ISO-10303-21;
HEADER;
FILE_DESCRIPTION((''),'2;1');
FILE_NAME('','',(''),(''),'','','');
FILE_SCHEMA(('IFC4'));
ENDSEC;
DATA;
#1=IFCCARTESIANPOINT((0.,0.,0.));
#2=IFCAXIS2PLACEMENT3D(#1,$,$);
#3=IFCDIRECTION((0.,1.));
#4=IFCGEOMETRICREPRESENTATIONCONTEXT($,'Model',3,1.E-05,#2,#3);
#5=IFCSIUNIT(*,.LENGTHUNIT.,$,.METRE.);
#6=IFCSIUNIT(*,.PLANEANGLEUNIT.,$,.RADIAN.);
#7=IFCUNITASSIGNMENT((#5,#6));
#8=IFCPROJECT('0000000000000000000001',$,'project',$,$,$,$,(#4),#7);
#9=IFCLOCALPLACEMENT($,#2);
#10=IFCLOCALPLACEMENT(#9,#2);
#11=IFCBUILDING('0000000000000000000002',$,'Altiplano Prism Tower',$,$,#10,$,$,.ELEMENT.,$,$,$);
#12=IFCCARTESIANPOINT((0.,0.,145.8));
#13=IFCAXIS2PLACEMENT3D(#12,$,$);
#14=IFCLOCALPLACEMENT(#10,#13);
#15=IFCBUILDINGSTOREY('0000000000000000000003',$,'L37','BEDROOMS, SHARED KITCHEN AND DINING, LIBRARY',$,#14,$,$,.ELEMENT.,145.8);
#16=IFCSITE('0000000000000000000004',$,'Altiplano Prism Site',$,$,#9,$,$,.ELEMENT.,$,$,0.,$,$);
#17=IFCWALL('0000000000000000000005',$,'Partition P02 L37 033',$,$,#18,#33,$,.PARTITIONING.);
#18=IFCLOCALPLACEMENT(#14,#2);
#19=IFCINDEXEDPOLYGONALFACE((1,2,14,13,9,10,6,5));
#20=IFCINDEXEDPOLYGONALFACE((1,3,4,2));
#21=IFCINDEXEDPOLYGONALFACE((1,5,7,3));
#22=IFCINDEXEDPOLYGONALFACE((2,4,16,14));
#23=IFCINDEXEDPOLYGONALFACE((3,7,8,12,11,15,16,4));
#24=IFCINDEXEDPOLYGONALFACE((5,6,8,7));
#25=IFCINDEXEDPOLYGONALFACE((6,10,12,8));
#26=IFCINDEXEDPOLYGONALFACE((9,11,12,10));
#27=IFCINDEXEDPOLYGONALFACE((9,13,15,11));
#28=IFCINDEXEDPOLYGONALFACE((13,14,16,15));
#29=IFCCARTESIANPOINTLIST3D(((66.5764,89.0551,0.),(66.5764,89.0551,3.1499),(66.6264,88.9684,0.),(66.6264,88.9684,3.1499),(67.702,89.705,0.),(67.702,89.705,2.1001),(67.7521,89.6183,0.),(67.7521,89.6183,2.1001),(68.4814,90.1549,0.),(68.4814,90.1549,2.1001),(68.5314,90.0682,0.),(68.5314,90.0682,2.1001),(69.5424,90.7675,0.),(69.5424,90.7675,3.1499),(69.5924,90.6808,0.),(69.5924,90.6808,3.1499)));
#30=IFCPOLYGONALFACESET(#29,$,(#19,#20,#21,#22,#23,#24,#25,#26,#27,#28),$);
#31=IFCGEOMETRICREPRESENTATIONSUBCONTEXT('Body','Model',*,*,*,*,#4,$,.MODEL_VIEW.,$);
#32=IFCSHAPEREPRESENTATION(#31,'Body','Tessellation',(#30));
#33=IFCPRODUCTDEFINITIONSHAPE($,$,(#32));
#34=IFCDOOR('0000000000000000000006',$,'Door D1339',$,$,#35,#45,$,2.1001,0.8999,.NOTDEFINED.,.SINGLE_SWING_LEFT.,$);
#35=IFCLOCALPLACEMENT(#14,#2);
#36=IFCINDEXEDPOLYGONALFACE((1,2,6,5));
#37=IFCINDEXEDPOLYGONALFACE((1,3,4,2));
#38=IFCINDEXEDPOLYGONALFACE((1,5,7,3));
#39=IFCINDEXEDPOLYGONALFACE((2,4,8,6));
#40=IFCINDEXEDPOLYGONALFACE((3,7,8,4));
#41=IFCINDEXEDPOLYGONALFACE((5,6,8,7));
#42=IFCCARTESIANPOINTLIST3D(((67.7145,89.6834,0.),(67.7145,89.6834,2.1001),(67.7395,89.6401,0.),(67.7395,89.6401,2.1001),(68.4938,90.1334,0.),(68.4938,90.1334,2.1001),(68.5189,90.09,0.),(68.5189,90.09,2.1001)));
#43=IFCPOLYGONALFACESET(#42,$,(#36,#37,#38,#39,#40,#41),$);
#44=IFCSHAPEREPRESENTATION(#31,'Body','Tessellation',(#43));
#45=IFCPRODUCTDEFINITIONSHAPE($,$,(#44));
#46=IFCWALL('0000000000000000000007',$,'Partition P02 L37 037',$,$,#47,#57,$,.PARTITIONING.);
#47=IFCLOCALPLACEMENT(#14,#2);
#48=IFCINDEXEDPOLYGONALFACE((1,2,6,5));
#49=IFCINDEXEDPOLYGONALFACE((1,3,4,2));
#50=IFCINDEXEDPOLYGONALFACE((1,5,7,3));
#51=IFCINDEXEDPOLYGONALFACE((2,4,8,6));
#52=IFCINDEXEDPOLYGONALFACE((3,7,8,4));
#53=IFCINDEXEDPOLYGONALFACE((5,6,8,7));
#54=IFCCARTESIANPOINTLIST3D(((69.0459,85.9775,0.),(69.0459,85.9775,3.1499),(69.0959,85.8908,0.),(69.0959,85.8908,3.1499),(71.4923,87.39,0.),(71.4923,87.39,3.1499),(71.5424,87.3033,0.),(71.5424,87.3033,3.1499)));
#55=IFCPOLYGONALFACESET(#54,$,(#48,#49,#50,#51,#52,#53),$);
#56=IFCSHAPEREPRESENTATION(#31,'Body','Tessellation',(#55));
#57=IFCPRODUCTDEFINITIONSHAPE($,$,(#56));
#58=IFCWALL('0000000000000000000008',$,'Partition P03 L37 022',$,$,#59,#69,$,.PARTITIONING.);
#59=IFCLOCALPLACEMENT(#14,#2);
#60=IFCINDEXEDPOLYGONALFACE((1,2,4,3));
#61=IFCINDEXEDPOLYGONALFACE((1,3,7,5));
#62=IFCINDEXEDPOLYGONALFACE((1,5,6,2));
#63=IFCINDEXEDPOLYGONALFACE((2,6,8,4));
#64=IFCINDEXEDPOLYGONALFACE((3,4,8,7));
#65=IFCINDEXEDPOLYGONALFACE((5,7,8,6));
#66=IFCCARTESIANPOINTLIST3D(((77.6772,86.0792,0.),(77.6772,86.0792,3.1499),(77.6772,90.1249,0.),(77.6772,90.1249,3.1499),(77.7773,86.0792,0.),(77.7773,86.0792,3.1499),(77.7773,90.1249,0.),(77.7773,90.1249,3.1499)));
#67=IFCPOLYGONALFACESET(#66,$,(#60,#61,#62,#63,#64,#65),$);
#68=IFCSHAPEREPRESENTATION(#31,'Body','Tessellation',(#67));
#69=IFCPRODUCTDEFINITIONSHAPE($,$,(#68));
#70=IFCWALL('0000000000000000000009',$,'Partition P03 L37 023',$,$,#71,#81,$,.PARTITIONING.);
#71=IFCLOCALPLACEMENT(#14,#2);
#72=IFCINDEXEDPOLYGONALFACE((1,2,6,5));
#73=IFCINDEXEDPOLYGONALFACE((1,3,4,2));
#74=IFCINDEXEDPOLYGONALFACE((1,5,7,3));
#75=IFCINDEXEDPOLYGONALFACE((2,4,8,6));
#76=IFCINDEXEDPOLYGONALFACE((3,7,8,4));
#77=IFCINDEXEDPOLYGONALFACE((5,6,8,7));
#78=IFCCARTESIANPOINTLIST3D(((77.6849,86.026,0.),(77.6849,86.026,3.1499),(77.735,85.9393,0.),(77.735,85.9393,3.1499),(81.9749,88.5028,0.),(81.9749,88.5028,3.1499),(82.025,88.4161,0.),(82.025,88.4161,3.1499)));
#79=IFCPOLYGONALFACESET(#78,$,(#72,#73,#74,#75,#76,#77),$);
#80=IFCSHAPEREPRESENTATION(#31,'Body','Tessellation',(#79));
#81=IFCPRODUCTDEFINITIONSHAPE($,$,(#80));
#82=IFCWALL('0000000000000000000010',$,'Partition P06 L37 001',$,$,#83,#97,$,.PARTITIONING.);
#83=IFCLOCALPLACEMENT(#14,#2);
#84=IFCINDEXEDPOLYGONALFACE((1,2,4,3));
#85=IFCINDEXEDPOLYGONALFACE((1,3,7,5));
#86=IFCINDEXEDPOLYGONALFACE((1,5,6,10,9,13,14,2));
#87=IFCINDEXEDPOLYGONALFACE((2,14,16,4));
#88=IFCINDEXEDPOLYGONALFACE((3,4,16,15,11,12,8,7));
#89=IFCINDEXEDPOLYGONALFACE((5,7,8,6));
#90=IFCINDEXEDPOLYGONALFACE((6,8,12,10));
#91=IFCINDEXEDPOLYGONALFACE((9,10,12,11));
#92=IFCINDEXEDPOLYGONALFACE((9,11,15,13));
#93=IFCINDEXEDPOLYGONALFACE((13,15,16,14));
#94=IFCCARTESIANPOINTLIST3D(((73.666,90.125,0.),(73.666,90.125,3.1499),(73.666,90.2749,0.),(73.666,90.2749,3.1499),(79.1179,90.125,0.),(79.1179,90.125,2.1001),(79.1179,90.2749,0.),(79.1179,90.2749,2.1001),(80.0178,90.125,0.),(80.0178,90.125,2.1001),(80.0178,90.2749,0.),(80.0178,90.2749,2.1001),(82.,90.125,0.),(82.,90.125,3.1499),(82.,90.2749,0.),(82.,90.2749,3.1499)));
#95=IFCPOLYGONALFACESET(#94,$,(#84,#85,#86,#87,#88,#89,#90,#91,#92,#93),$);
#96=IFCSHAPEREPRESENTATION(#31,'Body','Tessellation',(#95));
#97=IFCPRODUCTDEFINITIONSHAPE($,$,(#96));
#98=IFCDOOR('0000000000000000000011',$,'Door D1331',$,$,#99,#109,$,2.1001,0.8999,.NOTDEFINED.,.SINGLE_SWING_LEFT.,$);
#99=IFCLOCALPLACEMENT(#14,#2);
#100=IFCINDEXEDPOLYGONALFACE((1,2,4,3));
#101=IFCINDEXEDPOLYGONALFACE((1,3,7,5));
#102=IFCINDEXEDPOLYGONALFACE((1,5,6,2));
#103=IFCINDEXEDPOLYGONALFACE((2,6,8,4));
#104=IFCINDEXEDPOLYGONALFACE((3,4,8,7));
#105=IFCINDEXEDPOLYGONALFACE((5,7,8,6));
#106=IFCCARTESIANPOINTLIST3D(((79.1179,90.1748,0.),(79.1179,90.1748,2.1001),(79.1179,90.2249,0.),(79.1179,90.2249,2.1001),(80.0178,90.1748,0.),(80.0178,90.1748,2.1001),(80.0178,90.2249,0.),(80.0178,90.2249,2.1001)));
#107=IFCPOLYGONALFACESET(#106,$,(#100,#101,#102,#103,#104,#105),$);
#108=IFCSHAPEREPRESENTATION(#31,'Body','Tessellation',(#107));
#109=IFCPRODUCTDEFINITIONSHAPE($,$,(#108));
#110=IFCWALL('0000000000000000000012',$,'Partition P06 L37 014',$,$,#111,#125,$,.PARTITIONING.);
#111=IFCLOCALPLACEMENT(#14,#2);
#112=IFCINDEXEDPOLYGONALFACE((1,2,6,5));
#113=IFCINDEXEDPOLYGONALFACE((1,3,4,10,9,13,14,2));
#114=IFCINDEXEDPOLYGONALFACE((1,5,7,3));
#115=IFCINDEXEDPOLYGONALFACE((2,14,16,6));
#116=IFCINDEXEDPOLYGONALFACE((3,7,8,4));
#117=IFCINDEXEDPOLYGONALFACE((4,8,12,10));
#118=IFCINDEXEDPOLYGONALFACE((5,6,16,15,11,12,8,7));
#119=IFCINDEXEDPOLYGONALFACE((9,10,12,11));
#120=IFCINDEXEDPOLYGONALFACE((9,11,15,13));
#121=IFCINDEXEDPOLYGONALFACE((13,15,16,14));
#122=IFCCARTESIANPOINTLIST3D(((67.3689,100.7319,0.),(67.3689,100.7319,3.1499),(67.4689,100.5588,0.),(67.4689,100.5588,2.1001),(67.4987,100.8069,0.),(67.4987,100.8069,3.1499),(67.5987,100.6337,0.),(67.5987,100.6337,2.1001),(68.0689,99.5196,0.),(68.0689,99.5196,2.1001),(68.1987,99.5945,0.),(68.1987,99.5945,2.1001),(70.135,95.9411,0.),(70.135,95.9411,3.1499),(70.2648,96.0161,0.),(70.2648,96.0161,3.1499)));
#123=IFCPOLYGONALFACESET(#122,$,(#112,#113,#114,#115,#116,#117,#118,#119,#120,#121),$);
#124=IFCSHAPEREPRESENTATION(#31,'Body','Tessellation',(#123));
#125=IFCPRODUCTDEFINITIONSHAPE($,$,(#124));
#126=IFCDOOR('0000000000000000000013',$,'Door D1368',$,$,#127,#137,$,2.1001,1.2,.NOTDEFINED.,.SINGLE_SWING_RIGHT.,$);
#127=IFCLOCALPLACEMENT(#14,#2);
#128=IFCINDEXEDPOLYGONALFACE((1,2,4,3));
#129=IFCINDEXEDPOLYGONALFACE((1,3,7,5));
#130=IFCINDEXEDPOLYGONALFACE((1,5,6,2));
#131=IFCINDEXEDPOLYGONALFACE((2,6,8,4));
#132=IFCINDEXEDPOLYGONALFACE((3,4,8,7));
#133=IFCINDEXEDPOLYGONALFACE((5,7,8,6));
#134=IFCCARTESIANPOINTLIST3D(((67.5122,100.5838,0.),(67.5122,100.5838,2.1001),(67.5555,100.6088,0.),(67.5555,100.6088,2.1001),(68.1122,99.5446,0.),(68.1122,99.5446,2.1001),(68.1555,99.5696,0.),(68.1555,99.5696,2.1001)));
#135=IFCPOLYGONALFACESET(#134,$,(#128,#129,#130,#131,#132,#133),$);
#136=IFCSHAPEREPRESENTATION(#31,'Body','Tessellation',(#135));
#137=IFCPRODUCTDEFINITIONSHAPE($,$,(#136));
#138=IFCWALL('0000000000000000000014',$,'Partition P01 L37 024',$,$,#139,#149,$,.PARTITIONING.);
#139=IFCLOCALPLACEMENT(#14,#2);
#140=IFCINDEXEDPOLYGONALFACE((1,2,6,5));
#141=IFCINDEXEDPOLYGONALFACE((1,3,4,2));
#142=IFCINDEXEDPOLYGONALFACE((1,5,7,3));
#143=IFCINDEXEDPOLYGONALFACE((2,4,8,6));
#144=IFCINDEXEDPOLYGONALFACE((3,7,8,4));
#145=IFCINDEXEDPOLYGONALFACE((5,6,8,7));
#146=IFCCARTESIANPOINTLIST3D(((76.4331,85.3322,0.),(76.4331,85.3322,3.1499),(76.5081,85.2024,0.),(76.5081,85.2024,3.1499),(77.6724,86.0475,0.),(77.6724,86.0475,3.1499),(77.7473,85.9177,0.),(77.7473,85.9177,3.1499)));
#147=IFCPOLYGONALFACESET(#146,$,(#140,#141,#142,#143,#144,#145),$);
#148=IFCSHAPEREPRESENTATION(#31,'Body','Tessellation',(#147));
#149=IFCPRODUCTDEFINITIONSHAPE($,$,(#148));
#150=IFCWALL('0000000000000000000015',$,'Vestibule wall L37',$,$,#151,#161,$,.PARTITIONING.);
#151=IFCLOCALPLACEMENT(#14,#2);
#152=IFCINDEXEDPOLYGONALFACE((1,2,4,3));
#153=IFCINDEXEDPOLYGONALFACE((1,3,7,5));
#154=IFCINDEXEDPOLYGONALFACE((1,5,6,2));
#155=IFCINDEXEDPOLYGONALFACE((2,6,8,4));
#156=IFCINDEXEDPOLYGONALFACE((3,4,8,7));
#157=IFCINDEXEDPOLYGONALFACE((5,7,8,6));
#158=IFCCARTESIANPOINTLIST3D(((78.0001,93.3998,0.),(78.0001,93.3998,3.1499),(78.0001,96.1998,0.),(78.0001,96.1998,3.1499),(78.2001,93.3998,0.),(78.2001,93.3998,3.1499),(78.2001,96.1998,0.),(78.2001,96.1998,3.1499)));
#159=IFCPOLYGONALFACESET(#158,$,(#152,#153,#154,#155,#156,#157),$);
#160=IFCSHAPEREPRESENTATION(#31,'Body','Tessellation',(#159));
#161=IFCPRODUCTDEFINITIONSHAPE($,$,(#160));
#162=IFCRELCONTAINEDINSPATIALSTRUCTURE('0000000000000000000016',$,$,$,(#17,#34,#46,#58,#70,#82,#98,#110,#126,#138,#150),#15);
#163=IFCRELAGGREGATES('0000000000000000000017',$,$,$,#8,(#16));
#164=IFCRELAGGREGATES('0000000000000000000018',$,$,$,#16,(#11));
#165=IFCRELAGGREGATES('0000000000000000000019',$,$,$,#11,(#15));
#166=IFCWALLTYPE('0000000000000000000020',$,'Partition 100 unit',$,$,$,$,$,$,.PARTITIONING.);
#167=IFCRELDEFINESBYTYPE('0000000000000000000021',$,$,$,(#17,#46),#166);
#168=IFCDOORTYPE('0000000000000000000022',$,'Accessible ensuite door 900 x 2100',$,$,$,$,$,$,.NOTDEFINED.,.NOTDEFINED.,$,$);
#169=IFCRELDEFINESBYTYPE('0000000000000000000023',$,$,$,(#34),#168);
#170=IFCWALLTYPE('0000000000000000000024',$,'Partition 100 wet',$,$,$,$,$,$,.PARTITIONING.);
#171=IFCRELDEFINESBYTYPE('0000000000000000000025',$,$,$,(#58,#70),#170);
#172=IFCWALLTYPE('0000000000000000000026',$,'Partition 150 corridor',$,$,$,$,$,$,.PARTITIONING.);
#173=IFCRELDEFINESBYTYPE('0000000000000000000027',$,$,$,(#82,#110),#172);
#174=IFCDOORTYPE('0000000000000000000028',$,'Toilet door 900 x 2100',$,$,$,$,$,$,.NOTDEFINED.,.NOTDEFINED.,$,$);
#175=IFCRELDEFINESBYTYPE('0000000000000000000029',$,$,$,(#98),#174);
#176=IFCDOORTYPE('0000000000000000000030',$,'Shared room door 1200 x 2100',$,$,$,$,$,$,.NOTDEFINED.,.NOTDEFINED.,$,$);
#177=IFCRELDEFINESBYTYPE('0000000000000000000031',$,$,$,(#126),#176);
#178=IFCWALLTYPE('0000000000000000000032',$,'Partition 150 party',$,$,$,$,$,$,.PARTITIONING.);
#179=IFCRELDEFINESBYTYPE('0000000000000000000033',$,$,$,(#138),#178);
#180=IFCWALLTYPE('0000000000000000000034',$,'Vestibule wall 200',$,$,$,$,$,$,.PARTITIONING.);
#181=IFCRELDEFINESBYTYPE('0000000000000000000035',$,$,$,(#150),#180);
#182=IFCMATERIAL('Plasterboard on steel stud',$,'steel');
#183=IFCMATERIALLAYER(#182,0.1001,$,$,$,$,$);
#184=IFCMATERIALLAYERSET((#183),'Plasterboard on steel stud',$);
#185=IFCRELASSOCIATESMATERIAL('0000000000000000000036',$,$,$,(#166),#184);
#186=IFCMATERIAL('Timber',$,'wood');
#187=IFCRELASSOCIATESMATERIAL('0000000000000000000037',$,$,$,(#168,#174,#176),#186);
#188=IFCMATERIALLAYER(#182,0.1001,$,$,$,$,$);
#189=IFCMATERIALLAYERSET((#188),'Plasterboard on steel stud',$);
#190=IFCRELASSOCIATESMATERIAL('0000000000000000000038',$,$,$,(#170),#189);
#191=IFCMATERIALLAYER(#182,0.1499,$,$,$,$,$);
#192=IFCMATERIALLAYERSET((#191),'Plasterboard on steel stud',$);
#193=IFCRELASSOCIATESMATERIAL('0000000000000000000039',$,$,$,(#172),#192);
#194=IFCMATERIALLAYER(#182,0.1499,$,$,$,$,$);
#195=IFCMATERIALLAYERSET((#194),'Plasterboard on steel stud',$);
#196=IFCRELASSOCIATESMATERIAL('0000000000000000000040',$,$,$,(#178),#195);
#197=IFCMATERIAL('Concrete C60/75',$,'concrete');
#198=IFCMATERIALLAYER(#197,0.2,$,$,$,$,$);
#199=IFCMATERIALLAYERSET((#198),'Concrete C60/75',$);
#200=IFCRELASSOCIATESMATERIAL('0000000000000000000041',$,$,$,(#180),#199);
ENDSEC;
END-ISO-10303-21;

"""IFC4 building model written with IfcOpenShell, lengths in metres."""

from ifc_helpers import new_model, si_unit, direction, frame, frame_2d, origin, place, context, subcontext, project, spatial, rectangle, extrude, material, layer, layer_set, type_object, element, fill, save


model = new_model("IFC4")

# Units and contexts
model_context = context("Model", 3, precision=1e-05, world=origin(), true_north=direction((0.0, 1.0)))
body_context = subcontext(model_context, "Body", "Model", "MODEL_VIEW")
ifc_project = project(units=[si_unit("LENGTHUNIT", "METRE"), si_unit("PLANEANGLEUNIT", "RADIAN")], contexts=[model_context])

# Site, building, storey
site_placement = place(None, origin())
site = spatial("IfcSite", under=ifc_project, at=site_placement, Name="Altiplano Prism Site", CompositionType="ELEMENT", RefElevation=0.0)
building_placement = place(site_placement, origin())
building = spatial("IfcBuilding", under=site, at=building_placement, Name="Altiplano Prism Tower", CompositionType="ELEMENT")
storey_placement = place(building_placement, frame((0.0, 0.0, 145.8)))
storey = spatial("IfcBuildingStorey", under=building, at=storey_placement, Name="L37", Description="BEDROOMS, SHARED KITCHEN AND DINING, LIBRARY", CompositionType="ELEMENT", Elevation=145.8)

# Shared definitions
ifc_material_1 = material(Name="Concrete C60/75", Category="concrete")

# Wall, opening, door
ifc_material_2 = material(Name="Plasterboard on steel stud", Category="steel")
ifc_layer_1 = layer(ifc_material_2, 0.1001)
ifc_layer_set_1 = layer_set([ifc_layer_1], Name="Plasterboard on steel stud")
wall_type_1 = type_object("IfcWallType", Name="Partition 100 unit", PredefinedType="PARTITIONING", material=ifc_layer_set_1)
wall_1_placement = place(storey_placement, frame((69.5674, 90.7241, 0.0), z_axis=(0.0, 0.0, 1.0), x_axis=(-0.866032, -0.499988, 0.0)))
wall_1 = element("IfcWall", 1, at=wall_1_placement, inside=storey, type_object=wall_type_1, Name="Partition P02 L37 033", PredefinedType="PARTITIONING", context=body_context, shape_type="SweptSolid", body=[
    extrude(rectangle(XDim=3.4248, YDim=0.1001, at=frame_2d((1.7124, 0.0))), origin(), (0.0, 0.0, 1.0), 3.1499),
])
opening_1_placement = place(wall_1_placement, frame((1.2251, 0.0, 0.0)))
opening_1 = element("IfcOpeningElement", 2, at=opening_1_placement, cuts=wall_1, PredefinedType="OPENING", context=body_context, shape_type="SweptSolid", body=[
    extrude(rectangle(XDim=0.8999, YDim=2.1001, at=frame_2d((0.45, 1.05))), frame((0.0, 0.0605, 0.0), z_axis=(0.0, -1.0, 0.0), x_axis=(1.0, 0.0, 0.0)), (0.0, 0.0, 1.0), 0.1211),
])
ifc_material_3 = material(Name="Timber", Category="wood")
door_type_1 = type_object("IfcDoorType", Name="Accessible ensuite door 900 x 2100", OperationType="NOTDEFINED", PredefinedType="NOTDEFINED", material=ifc_material_3)
door_1_placement = place(opening_1_placement, origin())
door_1 = element("IfcDoor", 3, at=door_1_placement, inside=storey, type_object=door_type_1, Name="Door D1339", OperationType="SINGLE_SWING_LEFT", OverallHeight=2.1001, OverallWidth=0.8999, PredefinedType="NOTDEFINED", context=body_context, shape_type="SweptSolid", body=[
    extrude(rectangle(XDim=0.8999, YDim=2.1001, at=frame_2d((0.45, 1.05))), frame((0.0, 0.0249, 0.0), z_axis=(0.0, -1.0, 0.0), x_axis=(1.0, 0.0, 0.0)), (0.0, 0.0, 1.0), 0.05),
])
fill(opening_1, door_1)

# Walls
wall_2_placement = place(storey_placement, frame((69.0708, 85.9341, 0.0), z_axis=(0.0, 0.0, 1.0), x_axis=(0.866011, 0.500024, 0.0)))
element("IfcWall", 4, at=wall_2_placement, inside=storey, type_object=wall_type_1, Name="Partition P02 L37 037", PredefinedType="PARTITIONING", context=body_context, shape_type="SweptSolid", body=[
    extrude(rectangle(XDim=2.825, YDim=0.1001, at=frame_2d((1.4126, 0.0))), origin(), (0.0, 0.0, 1.0), 3.1499),
])
ifc_layer_2 = layer(ifc_material_2, 0.1001)
ifc_layer_set_2 = layer_set([ifc_layer_2], Name="Plasterboard on steel stud")
wall_type_2 = type_object("IfcWallType", Name="Partition 100 wet", PredefinedType="PARTITIONING", material=ifc_layer_set_2)
wall_3_placement = place(storey_placement, frame((77.7273, 90.125, 0.0), z_axis=(0.0, 0.0, 1.0), x_axis=(0.0, -1.0, 0.0)))
element("IfcWall", 5, at=wall_3_placement, inside=storey, type_object=wall_type_2, Name="Partition P03 L37 022", PredefinedType="PARTITIONING", context=body_context, shape_type="SweptSolid", body=[
    extrude(rectangle(XDim=4.0457, YDim=0.1001, at=frame_2d((2.0229, 0.0))), origin(), (0.0, 0.0, 1.0), 3.1499),
])
wall_4_placement = place(storey_placement, frame((77.71, 85.9827, 0.0), z_axis=(0.0, 0.0, 1.0), x_axis=(0.86603, 0.499993, 0.0)))
element("IfcWall", 6, at=wall_4_placement, inside=storey, type_object=wall_type_2, Name="Partition P03 L37 023", PredefinedType="PARTITIONING", context=body_context, shape_type="SweptSolid", body=[
    extrude(rectangle(XDim=4.9536, YDim=0.1001, at=frame_2d((2.4768, 0.0))), origin(), (0.0, 0.0, 1.0), 3.1499),
])

# Walls, openings, doors
ifc_layer_3 = layer(ifc_material_2, 0.1499)
ifc_layer_set_3 = layer_set([ifc_layer_3], Name="Plasterboard on steel stud")
wall_type_3 = type_object("IfcWallType", Name="Partition 150 corridor", PredefinedType="PARTITIONING", material=ifc_layer_set_3)
wall_5_placement = place(storey_placement, frame((73.666, 90.2, 0.0), z_axis=(0.0, 0.0, 1.0), x_axis=(1.0, 0.0, 0.0)))
wall_5 = element("IfcWall", 7, at=wall_5_placement, inside=storey, type_object=wall_type_3, Name="Partition P06 L37 001", PredefinedType="PARTITIONING", context=body_context, shape_type="SweptSolid", body=[
    extrude(rectangle(XDim=8.334, YDim=0.1499, at=frame_2d((4.167, 0.0))), origin(), (0.0, 0.0, 1.0), 3.1499),
])
opening_2_placement = place(wall_5_placement, frame((5.4519, 0.0, 0.0)))
opening_2 = element("IfcOpeningElement", 8, at=opening_2_placement, cuts=wall_5, PredefinedType="OPENING", context=body_context, shape_type="SweptSolid", body=[
    extrude(rectangle(XDim=0.8999, YDim=2.1001, at=frame_2d((0.45, 1.05))), frame((0.0, 0.0854, 0.0), z_axis=(0.0, -1.0, 0.0), x_axis=(1.0, 0.0, 0.0)), (0.0, 0.0, 1.0), 0.1709),
])
door_type_2 = type_object("IfcDoorType", Name="Toilet door 900 x 2100", OperationType="NOTDEFINED", PredefinedType="NOTDEFINED", material=ifc_material_3)
door_2_placement = place(opening_2_placement, origin())
door_2 = element("IfcDoor", 9, at=door_2_placement, inside=storey, type_object=door_type_2, Name="Door D1331", OperationType="SINGLE_SWING_LEFT", OverallHeight=2.1001, OverallWidth=0.8999, PredefinedType="NOTDEFINED", context=body_context, shape_type="SweptSolid", body=[
    extrude(rectangle(XDim=0.8999, YDim=2.1001, at=frame_2d((0.45, 1.05))), frame((0.0, 0.0249, 0.0), z_axis=(0.0, -1.0, 0.0), x_axis=(1.0, 0.0, 0.0)), (0.0, 0.0, 1.0), 0.05),
])
fill(opening_2, door_2)
wall_6_placement = place(storey_placement, frame((70.2, 95.9785, 0.0), z_axis=(0.0, 0.0, 1.0), x_axis=(-0.500022, 0.866013, 0.0)))
wall_6 = element("IfcWall", 10, at=wall_6_placement, inside=storey, type_object=wall_type_3, Name="Partition P06 L37 014", PredefinedType="PARTITIONING", context=body_context, shape_type="SweptSolid", body=[
    extrude(rectangle(XDim=5.532, YDim=0.1499, at=frame_2d((2.7661, 0.0))), origin(), (0.0, 0.0, 1.0), 3.1499),
])
opening_3_placement = place(wall_6_placement, frame((4.1321, 0.0, 0.0)))
opening_3 = element("IfcOpeningElement", 11, at=opening_3_placement, cuts=wall_6, PredefinedType="OPENING", context=body_context, shape_type="SweptSolid", body=[
    extrude(rectangle(XDim=1.2, YDim=2.1001, at=frame_2d((0.6001, 1.05))), frame((0.0, 0.0854, 0.0), z_axis=(0.0, -1.0, 0.0), x_axis=(1.0, 0.0, 0.0)), (0.0, 0.0, 1.0), 0.1709),
])
door_type_3 = type_object("IfcDoorType", Name="Shared room door 1200 x 2100", OperationType="NOTDEFINED", PredefinedType="NOTDEFINED", material=ifc_material_3)
door_3_placement = place(opening_3_placement, origin())
door_3 = element("IfcDoor", 12, at=door_3_placement, inside=storey, type_object=door_type_3, Name="Door D1368", OperationType="SINGLE_SWING_RIGHT", OverallHeight=2.1001, OverallWidth=1.2, PredefinedType="NOTDEFINED", context=body_context, shape_type="SweptSolid", body=[
    extrude(rectangle(XDim=1.2, YDim=2.1001, at=frame_2d((0.6001, 1.05))), frame((0.0, 0.0249, 0.0), z_axis=(0.0, -1.0, 0.0), x_axis=(1.0, 0.0, 0.0)), (0.0, 0.0, 1.0), 0.05),
])
fill(opening_3, door_3)

# Walls
ifc_layer_4 = layer(ifc_material_2, 0.1499)
ifc_layer_set_4 = layer_set([ifc_layer_4], Name="Plasterboard on steel stud")
wall_type_4 = type_object("IfcWallType", Name="Partition 150 party", PredefinedType="PARTITIONING", material=ifc_layer_set_4)
wall_7_placement = place(storey_placement, frame((76.4707, 85.2673, 0.0), z_axis=(0.0, 0.0, 1.0), x_axis=(0.866072, 0.499919, 0.0)))
element("IfcWall", 13, at=wall_7_placement, inside=storey, type_object=wall_type_4, Name="Partition P01 L37 024", PredefinedType="PARTITIONING", context=body_context, shape_type="SweptSolid", body=[
    extrude(rectangle(XDim=1.4309, YDim=0.1499, at=frame_2d((0.7153, 0.0))), origin(), (0.0, 0.0, 1.0), 3.1499),
])
ifc_layer_5 = layer(ifc_material_1, 0.2)
ifc_layer_set_5 = layer_set([ifc_layer_5], Name="Concrete C60/75")
wall_type_5 = type_object("IfcWallType", Name="Vestibule wall 200", PredefinedType="PARTITIONING", material=ifc_layer_set_5)
wall_8_placement = place(storey_placement, frame((78.1001, 93.3999, 0.0), z_axis=(0.0, 0.0, 1.0), x_axis=(0.0, 1.0, 0.0)))
element("IfcWall", 14, at=wall_8_placement, inside=storey, type_object=wall_type_5, Name="Vestibule wall L37", PredefinedType="PARTITIONING", context=body_context, shape_type="SweptSolid", body=[
    extrude(rectangle(XDim=2.8, YDim=0.2, at=frame_2d((1.3999, 0.0))), origin(), (0.0, 0.0, 1.0), 3.1499),
])

save(model, "model.ifc")
